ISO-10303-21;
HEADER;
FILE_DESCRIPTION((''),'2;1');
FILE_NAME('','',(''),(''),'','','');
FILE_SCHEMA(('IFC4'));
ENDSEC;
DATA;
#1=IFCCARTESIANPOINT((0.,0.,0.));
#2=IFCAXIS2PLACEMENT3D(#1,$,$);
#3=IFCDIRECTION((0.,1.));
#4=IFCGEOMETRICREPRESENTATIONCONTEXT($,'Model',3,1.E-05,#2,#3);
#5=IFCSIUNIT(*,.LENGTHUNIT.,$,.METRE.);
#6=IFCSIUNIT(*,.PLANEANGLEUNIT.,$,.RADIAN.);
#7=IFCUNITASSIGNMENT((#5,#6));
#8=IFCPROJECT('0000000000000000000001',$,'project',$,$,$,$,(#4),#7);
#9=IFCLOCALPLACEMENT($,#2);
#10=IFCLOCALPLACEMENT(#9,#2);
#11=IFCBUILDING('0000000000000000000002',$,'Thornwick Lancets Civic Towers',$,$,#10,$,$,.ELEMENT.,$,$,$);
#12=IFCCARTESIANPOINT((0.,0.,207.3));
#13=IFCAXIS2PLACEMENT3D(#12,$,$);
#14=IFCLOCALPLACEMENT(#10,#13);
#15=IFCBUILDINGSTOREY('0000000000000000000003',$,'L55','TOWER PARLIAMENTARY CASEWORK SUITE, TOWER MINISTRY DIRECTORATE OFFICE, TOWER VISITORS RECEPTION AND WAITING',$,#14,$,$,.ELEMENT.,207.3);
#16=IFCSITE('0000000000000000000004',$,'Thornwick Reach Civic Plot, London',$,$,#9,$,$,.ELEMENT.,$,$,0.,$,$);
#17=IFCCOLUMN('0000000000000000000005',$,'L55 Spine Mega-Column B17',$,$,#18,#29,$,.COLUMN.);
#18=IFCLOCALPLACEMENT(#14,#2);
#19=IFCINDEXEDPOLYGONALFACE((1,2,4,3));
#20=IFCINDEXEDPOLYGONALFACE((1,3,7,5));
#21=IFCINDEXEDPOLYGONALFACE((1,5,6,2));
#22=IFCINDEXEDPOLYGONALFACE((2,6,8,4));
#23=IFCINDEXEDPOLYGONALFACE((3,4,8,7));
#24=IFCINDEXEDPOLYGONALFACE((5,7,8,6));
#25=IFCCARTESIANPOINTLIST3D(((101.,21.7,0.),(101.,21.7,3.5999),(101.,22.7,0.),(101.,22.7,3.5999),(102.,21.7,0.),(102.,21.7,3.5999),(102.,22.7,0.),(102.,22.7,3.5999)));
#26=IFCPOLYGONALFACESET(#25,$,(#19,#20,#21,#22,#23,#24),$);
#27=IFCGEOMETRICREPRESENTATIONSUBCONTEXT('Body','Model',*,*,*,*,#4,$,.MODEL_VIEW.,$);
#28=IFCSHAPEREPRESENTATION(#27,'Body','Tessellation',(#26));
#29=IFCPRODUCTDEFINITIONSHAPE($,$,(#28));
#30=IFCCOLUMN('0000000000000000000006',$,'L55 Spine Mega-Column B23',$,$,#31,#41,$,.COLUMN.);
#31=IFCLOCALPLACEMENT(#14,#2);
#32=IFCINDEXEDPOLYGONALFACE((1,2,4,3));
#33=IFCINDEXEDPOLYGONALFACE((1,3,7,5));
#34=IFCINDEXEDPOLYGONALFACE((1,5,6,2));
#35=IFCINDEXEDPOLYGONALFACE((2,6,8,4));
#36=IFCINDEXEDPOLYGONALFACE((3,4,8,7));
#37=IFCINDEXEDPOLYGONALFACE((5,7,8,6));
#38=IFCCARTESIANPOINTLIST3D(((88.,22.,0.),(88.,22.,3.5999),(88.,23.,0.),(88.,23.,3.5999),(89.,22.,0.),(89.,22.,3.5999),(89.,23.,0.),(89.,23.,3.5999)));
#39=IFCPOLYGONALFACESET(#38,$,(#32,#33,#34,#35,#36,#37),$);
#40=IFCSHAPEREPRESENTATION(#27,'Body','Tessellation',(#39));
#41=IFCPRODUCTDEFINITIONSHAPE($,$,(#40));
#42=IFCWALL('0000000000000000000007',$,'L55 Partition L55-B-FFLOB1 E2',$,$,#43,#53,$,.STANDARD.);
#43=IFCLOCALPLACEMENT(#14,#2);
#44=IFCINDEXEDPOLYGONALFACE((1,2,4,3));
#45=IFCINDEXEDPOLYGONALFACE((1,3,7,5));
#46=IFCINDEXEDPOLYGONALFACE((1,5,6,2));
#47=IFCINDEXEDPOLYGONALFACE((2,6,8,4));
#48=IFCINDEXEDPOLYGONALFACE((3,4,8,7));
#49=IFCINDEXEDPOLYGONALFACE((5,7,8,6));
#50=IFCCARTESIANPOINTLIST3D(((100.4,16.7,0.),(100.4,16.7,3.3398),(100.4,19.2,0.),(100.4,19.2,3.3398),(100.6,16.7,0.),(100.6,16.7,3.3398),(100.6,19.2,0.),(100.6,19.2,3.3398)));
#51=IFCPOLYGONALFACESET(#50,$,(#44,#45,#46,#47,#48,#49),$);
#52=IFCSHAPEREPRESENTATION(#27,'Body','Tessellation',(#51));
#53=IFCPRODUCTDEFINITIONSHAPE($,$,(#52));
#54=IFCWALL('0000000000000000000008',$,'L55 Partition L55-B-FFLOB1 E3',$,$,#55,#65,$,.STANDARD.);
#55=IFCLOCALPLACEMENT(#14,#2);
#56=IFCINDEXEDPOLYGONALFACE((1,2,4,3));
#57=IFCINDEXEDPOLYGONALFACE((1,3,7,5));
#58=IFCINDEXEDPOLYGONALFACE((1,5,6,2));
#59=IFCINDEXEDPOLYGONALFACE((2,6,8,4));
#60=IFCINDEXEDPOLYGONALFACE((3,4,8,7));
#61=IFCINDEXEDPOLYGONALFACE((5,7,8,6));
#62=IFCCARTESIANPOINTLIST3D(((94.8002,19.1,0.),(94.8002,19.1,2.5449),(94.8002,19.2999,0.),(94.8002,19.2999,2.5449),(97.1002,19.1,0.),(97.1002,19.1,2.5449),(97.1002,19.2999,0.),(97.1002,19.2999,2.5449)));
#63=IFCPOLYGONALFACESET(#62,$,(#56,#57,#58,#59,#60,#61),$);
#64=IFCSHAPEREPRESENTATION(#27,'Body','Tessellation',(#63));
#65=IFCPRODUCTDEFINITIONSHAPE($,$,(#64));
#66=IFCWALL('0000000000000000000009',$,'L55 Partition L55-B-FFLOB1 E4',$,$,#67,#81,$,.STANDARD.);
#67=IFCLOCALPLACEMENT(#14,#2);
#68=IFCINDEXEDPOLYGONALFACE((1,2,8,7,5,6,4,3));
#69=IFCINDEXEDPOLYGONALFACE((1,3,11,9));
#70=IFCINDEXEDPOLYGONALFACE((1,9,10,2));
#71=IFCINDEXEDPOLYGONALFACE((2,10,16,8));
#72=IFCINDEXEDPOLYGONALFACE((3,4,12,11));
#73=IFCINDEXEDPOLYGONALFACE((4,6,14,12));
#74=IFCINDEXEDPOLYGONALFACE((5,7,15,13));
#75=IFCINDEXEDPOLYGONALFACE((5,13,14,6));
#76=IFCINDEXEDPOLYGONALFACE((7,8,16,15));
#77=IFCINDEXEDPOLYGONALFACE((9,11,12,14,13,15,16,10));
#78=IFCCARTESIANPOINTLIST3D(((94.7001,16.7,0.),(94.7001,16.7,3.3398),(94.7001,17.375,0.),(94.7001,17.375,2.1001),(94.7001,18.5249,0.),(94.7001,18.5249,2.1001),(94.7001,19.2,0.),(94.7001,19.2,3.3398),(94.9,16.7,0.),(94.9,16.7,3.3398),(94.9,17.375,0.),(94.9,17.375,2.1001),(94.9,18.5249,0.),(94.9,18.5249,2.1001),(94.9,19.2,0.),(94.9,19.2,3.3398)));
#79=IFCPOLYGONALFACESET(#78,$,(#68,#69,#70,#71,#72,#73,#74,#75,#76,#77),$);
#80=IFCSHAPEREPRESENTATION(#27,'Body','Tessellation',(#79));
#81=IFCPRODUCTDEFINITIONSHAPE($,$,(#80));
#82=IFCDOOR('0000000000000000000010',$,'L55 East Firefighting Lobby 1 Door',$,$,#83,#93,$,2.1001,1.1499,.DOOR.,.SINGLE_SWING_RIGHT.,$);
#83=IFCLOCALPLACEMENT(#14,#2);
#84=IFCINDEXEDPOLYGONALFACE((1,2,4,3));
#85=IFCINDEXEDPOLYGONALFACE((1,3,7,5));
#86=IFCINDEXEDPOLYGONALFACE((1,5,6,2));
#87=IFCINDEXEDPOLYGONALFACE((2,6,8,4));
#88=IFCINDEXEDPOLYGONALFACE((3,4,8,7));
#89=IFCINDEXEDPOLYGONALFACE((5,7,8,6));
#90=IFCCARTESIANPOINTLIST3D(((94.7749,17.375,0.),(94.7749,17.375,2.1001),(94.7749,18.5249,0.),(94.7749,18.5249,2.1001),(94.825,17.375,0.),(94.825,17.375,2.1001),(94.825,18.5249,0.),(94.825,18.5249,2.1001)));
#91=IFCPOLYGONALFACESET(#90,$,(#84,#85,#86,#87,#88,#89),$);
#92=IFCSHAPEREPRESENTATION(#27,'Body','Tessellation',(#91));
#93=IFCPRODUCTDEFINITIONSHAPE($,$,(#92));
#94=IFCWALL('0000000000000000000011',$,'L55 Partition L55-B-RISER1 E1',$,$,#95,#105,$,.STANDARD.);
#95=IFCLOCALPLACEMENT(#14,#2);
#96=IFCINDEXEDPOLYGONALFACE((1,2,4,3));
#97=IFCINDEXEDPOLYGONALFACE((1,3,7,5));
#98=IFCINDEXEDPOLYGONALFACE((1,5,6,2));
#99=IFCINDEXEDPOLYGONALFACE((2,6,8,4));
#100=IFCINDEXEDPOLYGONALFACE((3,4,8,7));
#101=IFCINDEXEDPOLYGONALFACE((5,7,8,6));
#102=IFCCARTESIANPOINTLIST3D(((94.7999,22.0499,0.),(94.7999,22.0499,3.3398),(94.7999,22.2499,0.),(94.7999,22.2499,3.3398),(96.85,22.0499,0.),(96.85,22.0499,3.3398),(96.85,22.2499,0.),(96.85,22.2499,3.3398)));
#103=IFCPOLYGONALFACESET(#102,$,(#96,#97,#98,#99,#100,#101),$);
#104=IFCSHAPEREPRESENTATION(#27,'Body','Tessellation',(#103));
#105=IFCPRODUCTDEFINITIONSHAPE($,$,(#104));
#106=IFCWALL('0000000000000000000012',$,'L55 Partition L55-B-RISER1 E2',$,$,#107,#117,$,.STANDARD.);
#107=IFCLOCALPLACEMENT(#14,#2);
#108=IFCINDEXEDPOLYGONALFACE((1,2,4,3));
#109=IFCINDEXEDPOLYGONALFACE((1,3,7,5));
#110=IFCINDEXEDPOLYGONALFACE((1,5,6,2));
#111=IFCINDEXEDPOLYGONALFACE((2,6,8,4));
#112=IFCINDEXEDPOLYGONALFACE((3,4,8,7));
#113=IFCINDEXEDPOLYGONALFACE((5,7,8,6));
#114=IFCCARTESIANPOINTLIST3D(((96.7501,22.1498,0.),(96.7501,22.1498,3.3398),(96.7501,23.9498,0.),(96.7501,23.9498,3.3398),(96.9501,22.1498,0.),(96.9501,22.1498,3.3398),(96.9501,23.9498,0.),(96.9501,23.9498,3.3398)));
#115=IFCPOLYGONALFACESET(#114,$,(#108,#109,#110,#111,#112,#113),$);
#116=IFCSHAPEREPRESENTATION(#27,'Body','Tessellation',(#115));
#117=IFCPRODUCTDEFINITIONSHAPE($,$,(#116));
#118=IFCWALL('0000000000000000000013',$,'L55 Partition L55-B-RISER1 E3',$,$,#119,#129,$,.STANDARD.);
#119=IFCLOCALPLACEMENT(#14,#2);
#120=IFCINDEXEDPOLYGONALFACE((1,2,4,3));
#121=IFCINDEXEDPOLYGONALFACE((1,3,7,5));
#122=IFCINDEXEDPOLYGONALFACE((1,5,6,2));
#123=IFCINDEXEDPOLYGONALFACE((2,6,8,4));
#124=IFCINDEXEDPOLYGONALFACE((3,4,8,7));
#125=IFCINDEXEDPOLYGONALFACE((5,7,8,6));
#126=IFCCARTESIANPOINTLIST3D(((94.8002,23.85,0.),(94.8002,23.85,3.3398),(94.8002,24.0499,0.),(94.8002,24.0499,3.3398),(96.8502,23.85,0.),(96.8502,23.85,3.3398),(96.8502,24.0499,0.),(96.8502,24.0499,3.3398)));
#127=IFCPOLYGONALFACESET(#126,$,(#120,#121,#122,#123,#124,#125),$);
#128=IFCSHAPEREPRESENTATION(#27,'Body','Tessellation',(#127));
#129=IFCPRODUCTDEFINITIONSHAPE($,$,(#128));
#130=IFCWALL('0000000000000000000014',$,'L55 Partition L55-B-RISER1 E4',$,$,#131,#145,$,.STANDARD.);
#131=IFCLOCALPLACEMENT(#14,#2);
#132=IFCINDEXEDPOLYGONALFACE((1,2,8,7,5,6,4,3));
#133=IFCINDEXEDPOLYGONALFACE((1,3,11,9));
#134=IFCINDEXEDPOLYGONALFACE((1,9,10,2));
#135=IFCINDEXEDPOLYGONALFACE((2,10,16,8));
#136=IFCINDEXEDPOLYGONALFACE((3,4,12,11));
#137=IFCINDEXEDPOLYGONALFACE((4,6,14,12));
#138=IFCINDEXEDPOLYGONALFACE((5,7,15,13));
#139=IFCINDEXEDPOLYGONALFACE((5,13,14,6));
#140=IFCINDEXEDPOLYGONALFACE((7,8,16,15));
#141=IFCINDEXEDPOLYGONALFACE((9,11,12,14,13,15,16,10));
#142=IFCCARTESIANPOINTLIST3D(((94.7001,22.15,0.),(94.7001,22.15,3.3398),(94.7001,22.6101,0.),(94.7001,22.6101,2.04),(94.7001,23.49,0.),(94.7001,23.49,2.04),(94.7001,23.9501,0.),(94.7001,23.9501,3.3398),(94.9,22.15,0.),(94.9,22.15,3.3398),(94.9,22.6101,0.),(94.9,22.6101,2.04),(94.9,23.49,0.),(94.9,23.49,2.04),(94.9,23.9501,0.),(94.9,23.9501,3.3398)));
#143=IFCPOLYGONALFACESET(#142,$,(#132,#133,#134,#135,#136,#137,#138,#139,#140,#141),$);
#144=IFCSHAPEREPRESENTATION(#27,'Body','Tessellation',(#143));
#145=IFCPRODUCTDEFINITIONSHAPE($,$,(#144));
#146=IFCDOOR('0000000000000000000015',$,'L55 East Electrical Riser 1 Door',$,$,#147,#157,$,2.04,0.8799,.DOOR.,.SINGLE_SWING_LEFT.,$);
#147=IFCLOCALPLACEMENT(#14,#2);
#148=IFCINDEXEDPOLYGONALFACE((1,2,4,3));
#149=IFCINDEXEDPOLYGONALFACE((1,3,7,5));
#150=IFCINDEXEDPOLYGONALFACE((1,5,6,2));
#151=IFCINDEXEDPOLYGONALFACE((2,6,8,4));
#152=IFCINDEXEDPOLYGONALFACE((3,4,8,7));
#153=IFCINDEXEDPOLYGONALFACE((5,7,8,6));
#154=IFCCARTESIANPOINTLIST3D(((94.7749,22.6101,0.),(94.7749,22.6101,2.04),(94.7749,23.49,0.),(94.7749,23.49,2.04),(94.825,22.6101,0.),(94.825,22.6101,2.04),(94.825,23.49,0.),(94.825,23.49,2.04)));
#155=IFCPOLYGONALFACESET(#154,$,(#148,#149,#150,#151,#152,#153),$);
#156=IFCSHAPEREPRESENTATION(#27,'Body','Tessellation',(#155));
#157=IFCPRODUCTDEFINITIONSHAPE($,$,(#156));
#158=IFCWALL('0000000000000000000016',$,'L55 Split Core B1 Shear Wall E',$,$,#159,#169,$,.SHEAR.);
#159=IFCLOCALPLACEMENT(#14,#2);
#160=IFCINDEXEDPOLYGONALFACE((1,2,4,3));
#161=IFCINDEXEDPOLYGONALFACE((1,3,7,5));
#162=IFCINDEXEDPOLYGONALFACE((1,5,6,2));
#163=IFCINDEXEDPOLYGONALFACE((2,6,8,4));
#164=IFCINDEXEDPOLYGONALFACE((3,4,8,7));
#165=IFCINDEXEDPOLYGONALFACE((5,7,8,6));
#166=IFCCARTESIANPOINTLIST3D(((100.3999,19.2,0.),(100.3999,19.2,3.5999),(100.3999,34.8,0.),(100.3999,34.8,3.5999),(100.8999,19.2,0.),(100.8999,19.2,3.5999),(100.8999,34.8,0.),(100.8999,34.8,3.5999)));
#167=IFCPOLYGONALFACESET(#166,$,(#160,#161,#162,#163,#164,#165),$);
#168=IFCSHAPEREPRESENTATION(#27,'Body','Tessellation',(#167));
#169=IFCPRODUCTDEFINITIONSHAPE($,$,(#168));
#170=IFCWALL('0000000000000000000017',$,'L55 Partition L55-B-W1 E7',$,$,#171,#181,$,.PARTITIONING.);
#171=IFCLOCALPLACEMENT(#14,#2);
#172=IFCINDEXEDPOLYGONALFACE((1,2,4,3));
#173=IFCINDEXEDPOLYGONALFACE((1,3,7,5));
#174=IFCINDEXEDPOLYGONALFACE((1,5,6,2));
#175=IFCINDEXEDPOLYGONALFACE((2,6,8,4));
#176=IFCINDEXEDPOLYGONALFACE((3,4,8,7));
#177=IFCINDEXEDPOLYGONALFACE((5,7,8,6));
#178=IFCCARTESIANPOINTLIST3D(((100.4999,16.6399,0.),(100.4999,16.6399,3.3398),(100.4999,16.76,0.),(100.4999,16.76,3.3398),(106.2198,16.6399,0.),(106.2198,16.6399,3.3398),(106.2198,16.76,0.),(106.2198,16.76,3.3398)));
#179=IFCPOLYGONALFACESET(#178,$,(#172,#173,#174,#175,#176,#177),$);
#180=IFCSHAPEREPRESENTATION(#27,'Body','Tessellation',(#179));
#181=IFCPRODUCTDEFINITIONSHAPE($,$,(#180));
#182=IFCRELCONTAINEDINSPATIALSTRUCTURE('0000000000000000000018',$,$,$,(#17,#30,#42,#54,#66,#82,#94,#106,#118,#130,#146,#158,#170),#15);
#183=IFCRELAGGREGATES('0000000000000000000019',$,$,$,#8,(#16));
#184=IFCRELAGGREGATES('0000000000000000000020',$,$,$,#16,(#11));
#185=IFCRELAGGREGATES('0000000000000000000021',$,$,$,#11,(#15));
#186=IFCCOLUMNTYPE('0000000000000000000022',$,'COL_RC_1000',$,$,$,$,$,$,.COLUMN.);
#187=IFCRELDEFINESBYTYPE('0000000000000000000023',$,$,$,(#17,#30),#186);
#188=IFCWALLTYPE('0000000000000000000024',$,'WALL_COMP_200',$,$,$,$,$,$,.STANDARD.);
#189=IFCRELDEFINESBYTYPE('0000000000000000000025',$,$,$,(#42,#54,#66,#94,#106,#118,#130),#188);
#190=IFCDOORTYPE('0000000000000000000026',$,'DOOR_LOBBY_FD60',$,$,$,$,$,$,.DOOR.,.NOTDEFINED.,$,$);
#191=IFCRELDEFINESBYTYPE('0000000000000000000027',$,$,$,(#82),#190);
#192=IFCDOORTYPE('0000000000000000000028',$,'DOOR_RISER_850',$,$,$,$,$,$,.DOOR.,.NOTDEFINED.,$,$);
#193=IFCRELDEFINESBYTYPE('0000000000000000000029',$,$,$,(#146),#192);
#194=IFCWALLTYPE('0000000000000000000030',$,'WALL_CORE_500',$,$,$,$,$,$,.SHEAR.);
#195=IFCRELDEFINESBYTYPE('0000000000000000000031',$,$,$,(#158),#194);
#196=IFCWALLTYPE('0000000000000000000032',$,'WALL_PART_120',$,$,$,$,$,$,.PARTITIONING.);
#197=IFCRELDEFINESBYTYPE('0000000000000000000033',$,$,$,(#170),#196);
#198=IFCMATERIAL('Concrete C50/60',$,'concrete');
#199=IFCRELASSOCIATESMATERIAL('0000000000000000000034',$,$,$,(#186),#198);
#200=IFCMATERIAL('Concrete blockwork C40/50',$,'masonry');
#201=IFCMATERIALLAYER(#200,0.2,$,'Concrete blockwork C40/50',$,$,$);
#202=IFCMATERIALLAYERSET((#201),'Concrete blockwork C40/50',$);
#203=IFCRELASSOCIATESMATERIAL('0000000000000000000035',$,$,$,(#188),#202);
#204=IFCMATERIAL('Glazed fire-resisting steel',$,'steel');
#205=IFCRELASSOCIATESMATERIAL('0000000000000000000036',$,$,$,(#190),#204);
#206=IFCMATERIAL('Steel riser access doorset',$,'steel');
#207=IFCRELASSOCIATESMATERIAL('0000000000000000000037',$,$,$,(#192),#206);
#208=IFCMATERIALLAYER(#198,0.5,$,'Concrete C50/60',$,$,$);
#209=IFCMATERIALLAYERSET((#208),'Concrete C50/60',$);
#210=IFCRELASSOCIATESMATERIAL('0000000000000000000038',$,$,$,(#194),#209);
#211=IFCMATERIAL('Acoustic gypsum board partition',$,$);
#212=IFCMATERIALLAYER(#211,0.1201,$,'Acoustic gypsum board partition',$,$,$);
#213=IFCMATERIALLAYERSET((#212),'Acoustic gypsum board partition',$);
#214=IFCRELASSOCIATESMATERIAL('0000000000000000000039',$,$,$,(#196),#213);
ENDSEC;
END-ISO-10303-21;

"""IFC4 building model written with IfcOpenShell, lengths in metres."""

from ifc_helpers import new_model, si_unit, direction, frame, frame_2d, origin, origin_2d, place, context, subcontext, project, spatial, rectangle, extrude, material, layer, layer_set, material_profile, profile_set, type_object, element, fill, save


model = new_model("IFC4")

# Units and contexts
model_context = context("Model", 3, precision=1e-05, world=origin(), true_north=direction((0.0, 1.0)))
body_context = subcontext(model_context, "Body", "Model", "MODEL_VIEW")
ifc_project = project(units=[si_unit("LENGTHUNIT", "METRE"), si_unit("PLANEANGLEUNIT", "RADIAN")], contexts=[model_context])

# Site, building, storey
site_placement = place(None, origin())
site = spatial("IfcSite", under=ifc_project, at=site_placement, Name="Thornwick Reach Civic Plot, London", CompositionType="ELEMENT", RefElevation=0.0)
building_placement = place(site_placement, origin())
building = spatial("IfcBuilding", under=site, at=building_placement, Name="Thornwick Lancets Civic Towers", CompositionType="ELEMENT")
storey_placement = place(building_placement, frame((0.0, 0.0, 207.3)))
storey = spatial("IfcBuildingStorey", under=building, at=storey_placement, Name="L55", Description="TOWER PARLIAMENTARY CASEWORK SUITE, TOWER MINISTRY DIRECTORATE OFFICE, TOWER VISITORS RECEPTION AND WAITING", CompositionType="ELEMENT", Elevation=207.3)

# Columns
ifc_material_1 = material(Name="Concrete C50/60", Category="concrete")
ifc_material_profile = material_profile(ifc_material_1, rectangle(XDim=1.0, YDim=1.0, at=origin_2d()), Name="RC 1000x1000")
ifc_profile_set = profile_set([ifc_material_profile], Name="Concrete C50/60")
column_type = type_object("IfcColumnType", Name="COL_RC_1000", PredefinedType="COLUMN", material=ifc_profile_set)
for number, where, z_axis, x_axis, name in (
    (1, (101.5, 22.2, 0.0), (0.0, 0.0, 1.0), (1.0, 0.0, 0.0), "L55 Spine Mega-Column B17"),
    (2, (88.5, 22.5, 0.0), (0.0, 0.0, 1.0), (1.0, 0.0, 0.0), "L55 Spine Mega-Column B23"),
):
    element("IfcColumn", number, at=place(storey_placement, frame(where, z_axis=z_axis, x_axis=x_axis)), inside=storey, type_object=column_type, Name=name, PredefinedType="COLUMN", context=body_context, shape_type="SweptSolid", body=[
        extrude(rectangle(XDim=1.0, YDim=1.0, at=origin_2d()), origin(), (0.0, 0.0, 1.0), 3.5999),
    ])

# Walls
ifc_material_2 = material(Name="Concrete blockwork C40/50", Category="masonry")
ifc_layer_1 = layer(ifc_material_2, 0.2, Name="Concrete blockwork C40/50")
ifc_layer_set_1 = layer_set([ifc_layer_1], Name="Concrete blockwork C40/50")
wall_type_1 = type_object("IfcWallType", Name="WALL_COMP_200", PredefinedType="STANDARD", material=ifc_layer_set_1)
wall_1_placement = place(storey_placement, frame((100.5, 16.7, 0.0), z_axis=(0.0, 0.0, 1.0), x_axis=(0.0, 1.0, 0.0)))
element("IfcWall", 3, at=wall_1_placement, inside=storey, type_object=wall_type_1, Name="L55 Partition L55-B-FFLOB1 E2", PredefinedType="STANDARD", context=body_context, shape_type="SweptSolid", body=[
    extrude(rectangle(XDim=2.5, YDim=0.2, at=frame_2d((1.25, 0.0))), origin(), (0.0, 0.0, 1.0), 3.3398),
])
wall_2_placement = place(storey_placement, frame((97.1001, 19.2, 0.0), z_axis=(0.0, 0.0, 1.0), x_axis=(-1.0, 0.0, 0.0)))
element("IfcWall", 4, at=wall_2_placement, inside=storey, type_object=wall_type_1, Name="L55 Partition L55-B-FFLOB1 E3", PredefinedType="STANDARD", context=body_context, shape_type="SweptSolid", body=[
    extrude(rectangle(XDim=2.3, YDim=0.2, at=frame_2d((1.1499, 0.0))), origin(), (0.0, 0.0, 1.0), 2.5449),
])

# Wall, opening, door
wall_3_placement = place(storey_placement, frame((94.8, 19.2, 0.0), z_axis=(0.0, 0.0, 1.0), x_axis=(0.0, -1.0, 0.0)))
wall_3 = element("IfcWall", 5, at=wall_3_placement, inside=storey, type_object=wall_type_1, Name="L55 Partition L55-B-FFLOB1 E4", PredefinedType="STANDARD", context=body_context, shape_type="SweptSolid", body=[
    extrude(rectangle(XDim=2.5, YDim=0.2, at=frame_2d((1.25, 0.0))), origin(), (0.0, 0.0, 1.0), 3.3398),
])
opening_1_placement = place(wall_3_placement, frame((0.675, 0.0, 0.0)))
opening_1 = element("IfcOpeningElement", 6, at=opening_1_placement, cuts=wall_3, PredefinedType="OPENING", context=body_context, shape_type="SweptSolid", body=[
    extrude(rectangle(XDim=1.1499, YDim=2.1001, at=frame_2d((0.575, 1.05))), frame((0.0, 0.1099, 0.0), z_axis=(0.0, -1.0, 0.0), x_axis=(1.0, 0.0, 0.0)), (0.0, 0.0, 1.0), 0.22),
])
ifc_material_3 = material(Name="Glazed fire-resisting steel", Category="steel")
door_type_1 = type_object("IfcDoorType", Name="DOOR_LOBBY_FD60", OperationType="NOTDEFINED", PredefinedType="DOOR", material=ifc_material_3)
door_1_placement = place(opening_1_placement, origin())
door_1 = element("IfcDoor", 7, at=door_1_placement, inside=storey, type_object=door_type_1, Name="L55 East Firefighting Lobby 1 Door", OperationType="SINGLE_SWING_RIGHT", OverallHeight=2.1001, OverallWidth=1.1499, PredefinedType="DOOR", context=body_context, shape_type="SweptSolid", body=[
    extrude(rectangle(XDim=1.1499, YDim=2.1001, at=frame_2d((0.575, 1.05))), frame((0.0, 0.0249, 0.0), z_axis=(0.0, -1.0, 0.0), x_axis=(1.0, 0.0, 0.0)), (0.0, 0.0, 1.0), 0.05),
])
fill(opening_1, door_1)

# Walls
wall_4_placement = place(storey_placement, frame((94.8, 22.1499, 0.0), z_axis=(0.0, 0.0, 1.0), x_axis=(1.0, 0.0, 0.0)))
element("IfcWall", 8, at=wall_4_placement, inside=storey, type_object=wall_type_1, Name="L55 Partition L55-B-RISER1 E1", PredefinedType="STANDARD", context=body_context, shape_type="SweptSolid", body=[
    extrude(rectangle(XDim=2.05, YDim=0.2, at=frame_2d((1.0249, 0.0))), origin(), (0.0, 0.0, 1.0), 3.3398),
])
wall_5_placement = place(storey_placement, frame((96.8501, 22.1499, 0.0), z_axis=(0.0, 0.0, 1.0), x_axis=(0.0, 1.0, 0.0)))
element("IfcWall", 9, at=wall_5_placement, inside=storey, type_object=wall_type_1, Name="L55 Partition L55-B-RISER1 E2", PredefinedType="STANDARD", context=body_context, shape_type="SweptSolid", body=[
    extrude(rectangle(XDim=1.8, YDim=0.2, at=frame_2d((0.8999, 0.0))), origin(), (0.0, 0.0, 1.0), 3.3398),
])
wall_6_placement = place(storey_placement, frame((96.8501, 23.95, 0.0), z_axis=(0.0, 0.0, 1.0), x_axis=(-1.0, 0.0, 0.0)))
element("IfcWall", 10, at=wall_6_placement, inside=storey, type_object=wall_type_1, Name="L55 Partition L55-B-RISER1 E3", PredefinedType="STANDARD", context=body_context, shape_type="SweptSolid", body=[
    extrude(rectangle(XDim=2.05, YDim=0.2, at=frame_2d((1.0249, 0.0))), origin(), (0.0, 0.0, 1.0), 3.3398),
])

# Wall, opening, door
wall_7_placement = place(storey_placement, frame((94.8, 23.95, 0.0), z_axis=(0.0, 0.0, 1.0), x_axis=(0.0, -1.0, 0.0)))
wall_7 = element("IfcWall", 11, at=wall_7_placement, inside=storey, type_object=wall_type_1, Name="L55 Partition L55-B-RISER1 E4", PredefinedType="STANDARD", context=body_context, shape_type="SweptSolid", body=[
    extrude(rectangle(XDim=1.8, YDim=0.2, at=frame_2d((0.8999, 0.0))), origin(), (0.0, 0.0, 1.0), 3.3398),
])
opening_2_placement = place(wall_7_placement, frame((0.46, 0.0, 0.0)))
opening_2 = element("IfcOpeningElement", 12, at=opening_2_placement, cuts=wall_7, PredefinedType="OPENING", context=body_context, shape_type="SweptSolid", body=[
    extrude(rectangle(XDim=0.8799, YDim=2.04, at=frame_2d((0.4399, 1.02))), frame((0.0, 0.1099, 0.0), z_axis=(0.0, -1.0, 0.0), x_axis=(1.0, 0.0, 0.0)), (0.0, 0.0, 1.0), 0.22),
])
ifc_material_4 = material(Name="Steel riser access doorset", Category="steel")
door_type_2 = type_object("IfcDoorType", Name="DOOR_RISER_850", OperationType="NOTDEFINED", PredefinedType="DOOR", material=ifc_material_4)
door_2_placement = place(opening_2_placement, origin())
door_2 = element("IfcDoor", 13, at=door_2_placement, inside=storey, type_object=door_type_2, Name="L55 East Electrical Riser 1 Door", OperationType="SINGLE_SWING_LEFT", OverallHeight=2.04, OverallWidth=0.8799, PredefinedType="DOOR", context=body_context, shape_type="SweptSolid", body=[
    extrude(rectangle(XDim=0.8799, YDim=2.04, at=frame_2d((0.4399, 1.02))), frame((0.0, 0.0249, 0.0), z_axis=(0.0, -1.0, 0.0), x_axis=(1.0, 0.0, 0.0)), (0.0, 0.0, 1.0), 0.05),
])
fill(opening_2, door_2)

# Walls
ifc_layer_2 = layer(ifc_material_1, 0.5, Name="Concrete C50/60")
ifc_layer_set_2 = layer_set([ifc_layer_2], Name="Concrete C50/60")
wall_type_2 = type_object("IfcWallType", Name="WALL_CORE_500", PredefinedType="SHEAR", material=ifc_layer_set_2)
wall_8_placement = place(storey_placement, frame((100.6499, 19.2, 0.0), z_axis=(0.0, 0.0, 1.0), x_axis=(0.0, 1.0, 0.0)))
element("IfcWall", 14, at=wall_8_placement, inside=storey, type_object=wall_type_2, Name="L55 Split Core B1 Shear Wall E", PredefinedType="SHEAR", context=body_context, shape_type="SweptSolid", body=[
    extrude(rectangle(XDim=15.6001, YDim=0.5, at=frame_2d((7.8, 0.0))), origin(), (0.0, 0.0, 1.0), 3.5999),
])
ifc_material_5 = material(Name="Acoustic gypsum board partition")
ifc_layer_3 = layer(ifc_material_5, 0.1201, Name="Acoustic gypsum board partition")
ifc_layer_set_3 = layer_set([ifc_layer_3], Name="Acoustic gypsum board partition")
wall_type_3 = type_object("IfcWallType", Name="WALL_PART_120", PredefinedType="PARTITIONING", material=ifc_layer_set_3)
wall_9_placement = place(storey_placement, frame((100.5, 16.7, 0.0), z_axis=(0.0, 0.0, 1.0), x_axis=(1.0, 0.0, 0.0)))
element("IfcWall", 15, at=wall_9_placement, inside=storey, type_object=wall_type_3, Name="L55 Partition L55-B-W1 E7", PredefinedType="PARTITIONING", context=body_context, shape_type="SweptSolid", body=[
    extrude(rectangle(XDim=5.72, YDim=0.1201, at=frame_2d((2.8599, 0.0))), origin(), (0.0, 0.0, 1.0), 3.3398),
])

save(model, "model.ifc")
